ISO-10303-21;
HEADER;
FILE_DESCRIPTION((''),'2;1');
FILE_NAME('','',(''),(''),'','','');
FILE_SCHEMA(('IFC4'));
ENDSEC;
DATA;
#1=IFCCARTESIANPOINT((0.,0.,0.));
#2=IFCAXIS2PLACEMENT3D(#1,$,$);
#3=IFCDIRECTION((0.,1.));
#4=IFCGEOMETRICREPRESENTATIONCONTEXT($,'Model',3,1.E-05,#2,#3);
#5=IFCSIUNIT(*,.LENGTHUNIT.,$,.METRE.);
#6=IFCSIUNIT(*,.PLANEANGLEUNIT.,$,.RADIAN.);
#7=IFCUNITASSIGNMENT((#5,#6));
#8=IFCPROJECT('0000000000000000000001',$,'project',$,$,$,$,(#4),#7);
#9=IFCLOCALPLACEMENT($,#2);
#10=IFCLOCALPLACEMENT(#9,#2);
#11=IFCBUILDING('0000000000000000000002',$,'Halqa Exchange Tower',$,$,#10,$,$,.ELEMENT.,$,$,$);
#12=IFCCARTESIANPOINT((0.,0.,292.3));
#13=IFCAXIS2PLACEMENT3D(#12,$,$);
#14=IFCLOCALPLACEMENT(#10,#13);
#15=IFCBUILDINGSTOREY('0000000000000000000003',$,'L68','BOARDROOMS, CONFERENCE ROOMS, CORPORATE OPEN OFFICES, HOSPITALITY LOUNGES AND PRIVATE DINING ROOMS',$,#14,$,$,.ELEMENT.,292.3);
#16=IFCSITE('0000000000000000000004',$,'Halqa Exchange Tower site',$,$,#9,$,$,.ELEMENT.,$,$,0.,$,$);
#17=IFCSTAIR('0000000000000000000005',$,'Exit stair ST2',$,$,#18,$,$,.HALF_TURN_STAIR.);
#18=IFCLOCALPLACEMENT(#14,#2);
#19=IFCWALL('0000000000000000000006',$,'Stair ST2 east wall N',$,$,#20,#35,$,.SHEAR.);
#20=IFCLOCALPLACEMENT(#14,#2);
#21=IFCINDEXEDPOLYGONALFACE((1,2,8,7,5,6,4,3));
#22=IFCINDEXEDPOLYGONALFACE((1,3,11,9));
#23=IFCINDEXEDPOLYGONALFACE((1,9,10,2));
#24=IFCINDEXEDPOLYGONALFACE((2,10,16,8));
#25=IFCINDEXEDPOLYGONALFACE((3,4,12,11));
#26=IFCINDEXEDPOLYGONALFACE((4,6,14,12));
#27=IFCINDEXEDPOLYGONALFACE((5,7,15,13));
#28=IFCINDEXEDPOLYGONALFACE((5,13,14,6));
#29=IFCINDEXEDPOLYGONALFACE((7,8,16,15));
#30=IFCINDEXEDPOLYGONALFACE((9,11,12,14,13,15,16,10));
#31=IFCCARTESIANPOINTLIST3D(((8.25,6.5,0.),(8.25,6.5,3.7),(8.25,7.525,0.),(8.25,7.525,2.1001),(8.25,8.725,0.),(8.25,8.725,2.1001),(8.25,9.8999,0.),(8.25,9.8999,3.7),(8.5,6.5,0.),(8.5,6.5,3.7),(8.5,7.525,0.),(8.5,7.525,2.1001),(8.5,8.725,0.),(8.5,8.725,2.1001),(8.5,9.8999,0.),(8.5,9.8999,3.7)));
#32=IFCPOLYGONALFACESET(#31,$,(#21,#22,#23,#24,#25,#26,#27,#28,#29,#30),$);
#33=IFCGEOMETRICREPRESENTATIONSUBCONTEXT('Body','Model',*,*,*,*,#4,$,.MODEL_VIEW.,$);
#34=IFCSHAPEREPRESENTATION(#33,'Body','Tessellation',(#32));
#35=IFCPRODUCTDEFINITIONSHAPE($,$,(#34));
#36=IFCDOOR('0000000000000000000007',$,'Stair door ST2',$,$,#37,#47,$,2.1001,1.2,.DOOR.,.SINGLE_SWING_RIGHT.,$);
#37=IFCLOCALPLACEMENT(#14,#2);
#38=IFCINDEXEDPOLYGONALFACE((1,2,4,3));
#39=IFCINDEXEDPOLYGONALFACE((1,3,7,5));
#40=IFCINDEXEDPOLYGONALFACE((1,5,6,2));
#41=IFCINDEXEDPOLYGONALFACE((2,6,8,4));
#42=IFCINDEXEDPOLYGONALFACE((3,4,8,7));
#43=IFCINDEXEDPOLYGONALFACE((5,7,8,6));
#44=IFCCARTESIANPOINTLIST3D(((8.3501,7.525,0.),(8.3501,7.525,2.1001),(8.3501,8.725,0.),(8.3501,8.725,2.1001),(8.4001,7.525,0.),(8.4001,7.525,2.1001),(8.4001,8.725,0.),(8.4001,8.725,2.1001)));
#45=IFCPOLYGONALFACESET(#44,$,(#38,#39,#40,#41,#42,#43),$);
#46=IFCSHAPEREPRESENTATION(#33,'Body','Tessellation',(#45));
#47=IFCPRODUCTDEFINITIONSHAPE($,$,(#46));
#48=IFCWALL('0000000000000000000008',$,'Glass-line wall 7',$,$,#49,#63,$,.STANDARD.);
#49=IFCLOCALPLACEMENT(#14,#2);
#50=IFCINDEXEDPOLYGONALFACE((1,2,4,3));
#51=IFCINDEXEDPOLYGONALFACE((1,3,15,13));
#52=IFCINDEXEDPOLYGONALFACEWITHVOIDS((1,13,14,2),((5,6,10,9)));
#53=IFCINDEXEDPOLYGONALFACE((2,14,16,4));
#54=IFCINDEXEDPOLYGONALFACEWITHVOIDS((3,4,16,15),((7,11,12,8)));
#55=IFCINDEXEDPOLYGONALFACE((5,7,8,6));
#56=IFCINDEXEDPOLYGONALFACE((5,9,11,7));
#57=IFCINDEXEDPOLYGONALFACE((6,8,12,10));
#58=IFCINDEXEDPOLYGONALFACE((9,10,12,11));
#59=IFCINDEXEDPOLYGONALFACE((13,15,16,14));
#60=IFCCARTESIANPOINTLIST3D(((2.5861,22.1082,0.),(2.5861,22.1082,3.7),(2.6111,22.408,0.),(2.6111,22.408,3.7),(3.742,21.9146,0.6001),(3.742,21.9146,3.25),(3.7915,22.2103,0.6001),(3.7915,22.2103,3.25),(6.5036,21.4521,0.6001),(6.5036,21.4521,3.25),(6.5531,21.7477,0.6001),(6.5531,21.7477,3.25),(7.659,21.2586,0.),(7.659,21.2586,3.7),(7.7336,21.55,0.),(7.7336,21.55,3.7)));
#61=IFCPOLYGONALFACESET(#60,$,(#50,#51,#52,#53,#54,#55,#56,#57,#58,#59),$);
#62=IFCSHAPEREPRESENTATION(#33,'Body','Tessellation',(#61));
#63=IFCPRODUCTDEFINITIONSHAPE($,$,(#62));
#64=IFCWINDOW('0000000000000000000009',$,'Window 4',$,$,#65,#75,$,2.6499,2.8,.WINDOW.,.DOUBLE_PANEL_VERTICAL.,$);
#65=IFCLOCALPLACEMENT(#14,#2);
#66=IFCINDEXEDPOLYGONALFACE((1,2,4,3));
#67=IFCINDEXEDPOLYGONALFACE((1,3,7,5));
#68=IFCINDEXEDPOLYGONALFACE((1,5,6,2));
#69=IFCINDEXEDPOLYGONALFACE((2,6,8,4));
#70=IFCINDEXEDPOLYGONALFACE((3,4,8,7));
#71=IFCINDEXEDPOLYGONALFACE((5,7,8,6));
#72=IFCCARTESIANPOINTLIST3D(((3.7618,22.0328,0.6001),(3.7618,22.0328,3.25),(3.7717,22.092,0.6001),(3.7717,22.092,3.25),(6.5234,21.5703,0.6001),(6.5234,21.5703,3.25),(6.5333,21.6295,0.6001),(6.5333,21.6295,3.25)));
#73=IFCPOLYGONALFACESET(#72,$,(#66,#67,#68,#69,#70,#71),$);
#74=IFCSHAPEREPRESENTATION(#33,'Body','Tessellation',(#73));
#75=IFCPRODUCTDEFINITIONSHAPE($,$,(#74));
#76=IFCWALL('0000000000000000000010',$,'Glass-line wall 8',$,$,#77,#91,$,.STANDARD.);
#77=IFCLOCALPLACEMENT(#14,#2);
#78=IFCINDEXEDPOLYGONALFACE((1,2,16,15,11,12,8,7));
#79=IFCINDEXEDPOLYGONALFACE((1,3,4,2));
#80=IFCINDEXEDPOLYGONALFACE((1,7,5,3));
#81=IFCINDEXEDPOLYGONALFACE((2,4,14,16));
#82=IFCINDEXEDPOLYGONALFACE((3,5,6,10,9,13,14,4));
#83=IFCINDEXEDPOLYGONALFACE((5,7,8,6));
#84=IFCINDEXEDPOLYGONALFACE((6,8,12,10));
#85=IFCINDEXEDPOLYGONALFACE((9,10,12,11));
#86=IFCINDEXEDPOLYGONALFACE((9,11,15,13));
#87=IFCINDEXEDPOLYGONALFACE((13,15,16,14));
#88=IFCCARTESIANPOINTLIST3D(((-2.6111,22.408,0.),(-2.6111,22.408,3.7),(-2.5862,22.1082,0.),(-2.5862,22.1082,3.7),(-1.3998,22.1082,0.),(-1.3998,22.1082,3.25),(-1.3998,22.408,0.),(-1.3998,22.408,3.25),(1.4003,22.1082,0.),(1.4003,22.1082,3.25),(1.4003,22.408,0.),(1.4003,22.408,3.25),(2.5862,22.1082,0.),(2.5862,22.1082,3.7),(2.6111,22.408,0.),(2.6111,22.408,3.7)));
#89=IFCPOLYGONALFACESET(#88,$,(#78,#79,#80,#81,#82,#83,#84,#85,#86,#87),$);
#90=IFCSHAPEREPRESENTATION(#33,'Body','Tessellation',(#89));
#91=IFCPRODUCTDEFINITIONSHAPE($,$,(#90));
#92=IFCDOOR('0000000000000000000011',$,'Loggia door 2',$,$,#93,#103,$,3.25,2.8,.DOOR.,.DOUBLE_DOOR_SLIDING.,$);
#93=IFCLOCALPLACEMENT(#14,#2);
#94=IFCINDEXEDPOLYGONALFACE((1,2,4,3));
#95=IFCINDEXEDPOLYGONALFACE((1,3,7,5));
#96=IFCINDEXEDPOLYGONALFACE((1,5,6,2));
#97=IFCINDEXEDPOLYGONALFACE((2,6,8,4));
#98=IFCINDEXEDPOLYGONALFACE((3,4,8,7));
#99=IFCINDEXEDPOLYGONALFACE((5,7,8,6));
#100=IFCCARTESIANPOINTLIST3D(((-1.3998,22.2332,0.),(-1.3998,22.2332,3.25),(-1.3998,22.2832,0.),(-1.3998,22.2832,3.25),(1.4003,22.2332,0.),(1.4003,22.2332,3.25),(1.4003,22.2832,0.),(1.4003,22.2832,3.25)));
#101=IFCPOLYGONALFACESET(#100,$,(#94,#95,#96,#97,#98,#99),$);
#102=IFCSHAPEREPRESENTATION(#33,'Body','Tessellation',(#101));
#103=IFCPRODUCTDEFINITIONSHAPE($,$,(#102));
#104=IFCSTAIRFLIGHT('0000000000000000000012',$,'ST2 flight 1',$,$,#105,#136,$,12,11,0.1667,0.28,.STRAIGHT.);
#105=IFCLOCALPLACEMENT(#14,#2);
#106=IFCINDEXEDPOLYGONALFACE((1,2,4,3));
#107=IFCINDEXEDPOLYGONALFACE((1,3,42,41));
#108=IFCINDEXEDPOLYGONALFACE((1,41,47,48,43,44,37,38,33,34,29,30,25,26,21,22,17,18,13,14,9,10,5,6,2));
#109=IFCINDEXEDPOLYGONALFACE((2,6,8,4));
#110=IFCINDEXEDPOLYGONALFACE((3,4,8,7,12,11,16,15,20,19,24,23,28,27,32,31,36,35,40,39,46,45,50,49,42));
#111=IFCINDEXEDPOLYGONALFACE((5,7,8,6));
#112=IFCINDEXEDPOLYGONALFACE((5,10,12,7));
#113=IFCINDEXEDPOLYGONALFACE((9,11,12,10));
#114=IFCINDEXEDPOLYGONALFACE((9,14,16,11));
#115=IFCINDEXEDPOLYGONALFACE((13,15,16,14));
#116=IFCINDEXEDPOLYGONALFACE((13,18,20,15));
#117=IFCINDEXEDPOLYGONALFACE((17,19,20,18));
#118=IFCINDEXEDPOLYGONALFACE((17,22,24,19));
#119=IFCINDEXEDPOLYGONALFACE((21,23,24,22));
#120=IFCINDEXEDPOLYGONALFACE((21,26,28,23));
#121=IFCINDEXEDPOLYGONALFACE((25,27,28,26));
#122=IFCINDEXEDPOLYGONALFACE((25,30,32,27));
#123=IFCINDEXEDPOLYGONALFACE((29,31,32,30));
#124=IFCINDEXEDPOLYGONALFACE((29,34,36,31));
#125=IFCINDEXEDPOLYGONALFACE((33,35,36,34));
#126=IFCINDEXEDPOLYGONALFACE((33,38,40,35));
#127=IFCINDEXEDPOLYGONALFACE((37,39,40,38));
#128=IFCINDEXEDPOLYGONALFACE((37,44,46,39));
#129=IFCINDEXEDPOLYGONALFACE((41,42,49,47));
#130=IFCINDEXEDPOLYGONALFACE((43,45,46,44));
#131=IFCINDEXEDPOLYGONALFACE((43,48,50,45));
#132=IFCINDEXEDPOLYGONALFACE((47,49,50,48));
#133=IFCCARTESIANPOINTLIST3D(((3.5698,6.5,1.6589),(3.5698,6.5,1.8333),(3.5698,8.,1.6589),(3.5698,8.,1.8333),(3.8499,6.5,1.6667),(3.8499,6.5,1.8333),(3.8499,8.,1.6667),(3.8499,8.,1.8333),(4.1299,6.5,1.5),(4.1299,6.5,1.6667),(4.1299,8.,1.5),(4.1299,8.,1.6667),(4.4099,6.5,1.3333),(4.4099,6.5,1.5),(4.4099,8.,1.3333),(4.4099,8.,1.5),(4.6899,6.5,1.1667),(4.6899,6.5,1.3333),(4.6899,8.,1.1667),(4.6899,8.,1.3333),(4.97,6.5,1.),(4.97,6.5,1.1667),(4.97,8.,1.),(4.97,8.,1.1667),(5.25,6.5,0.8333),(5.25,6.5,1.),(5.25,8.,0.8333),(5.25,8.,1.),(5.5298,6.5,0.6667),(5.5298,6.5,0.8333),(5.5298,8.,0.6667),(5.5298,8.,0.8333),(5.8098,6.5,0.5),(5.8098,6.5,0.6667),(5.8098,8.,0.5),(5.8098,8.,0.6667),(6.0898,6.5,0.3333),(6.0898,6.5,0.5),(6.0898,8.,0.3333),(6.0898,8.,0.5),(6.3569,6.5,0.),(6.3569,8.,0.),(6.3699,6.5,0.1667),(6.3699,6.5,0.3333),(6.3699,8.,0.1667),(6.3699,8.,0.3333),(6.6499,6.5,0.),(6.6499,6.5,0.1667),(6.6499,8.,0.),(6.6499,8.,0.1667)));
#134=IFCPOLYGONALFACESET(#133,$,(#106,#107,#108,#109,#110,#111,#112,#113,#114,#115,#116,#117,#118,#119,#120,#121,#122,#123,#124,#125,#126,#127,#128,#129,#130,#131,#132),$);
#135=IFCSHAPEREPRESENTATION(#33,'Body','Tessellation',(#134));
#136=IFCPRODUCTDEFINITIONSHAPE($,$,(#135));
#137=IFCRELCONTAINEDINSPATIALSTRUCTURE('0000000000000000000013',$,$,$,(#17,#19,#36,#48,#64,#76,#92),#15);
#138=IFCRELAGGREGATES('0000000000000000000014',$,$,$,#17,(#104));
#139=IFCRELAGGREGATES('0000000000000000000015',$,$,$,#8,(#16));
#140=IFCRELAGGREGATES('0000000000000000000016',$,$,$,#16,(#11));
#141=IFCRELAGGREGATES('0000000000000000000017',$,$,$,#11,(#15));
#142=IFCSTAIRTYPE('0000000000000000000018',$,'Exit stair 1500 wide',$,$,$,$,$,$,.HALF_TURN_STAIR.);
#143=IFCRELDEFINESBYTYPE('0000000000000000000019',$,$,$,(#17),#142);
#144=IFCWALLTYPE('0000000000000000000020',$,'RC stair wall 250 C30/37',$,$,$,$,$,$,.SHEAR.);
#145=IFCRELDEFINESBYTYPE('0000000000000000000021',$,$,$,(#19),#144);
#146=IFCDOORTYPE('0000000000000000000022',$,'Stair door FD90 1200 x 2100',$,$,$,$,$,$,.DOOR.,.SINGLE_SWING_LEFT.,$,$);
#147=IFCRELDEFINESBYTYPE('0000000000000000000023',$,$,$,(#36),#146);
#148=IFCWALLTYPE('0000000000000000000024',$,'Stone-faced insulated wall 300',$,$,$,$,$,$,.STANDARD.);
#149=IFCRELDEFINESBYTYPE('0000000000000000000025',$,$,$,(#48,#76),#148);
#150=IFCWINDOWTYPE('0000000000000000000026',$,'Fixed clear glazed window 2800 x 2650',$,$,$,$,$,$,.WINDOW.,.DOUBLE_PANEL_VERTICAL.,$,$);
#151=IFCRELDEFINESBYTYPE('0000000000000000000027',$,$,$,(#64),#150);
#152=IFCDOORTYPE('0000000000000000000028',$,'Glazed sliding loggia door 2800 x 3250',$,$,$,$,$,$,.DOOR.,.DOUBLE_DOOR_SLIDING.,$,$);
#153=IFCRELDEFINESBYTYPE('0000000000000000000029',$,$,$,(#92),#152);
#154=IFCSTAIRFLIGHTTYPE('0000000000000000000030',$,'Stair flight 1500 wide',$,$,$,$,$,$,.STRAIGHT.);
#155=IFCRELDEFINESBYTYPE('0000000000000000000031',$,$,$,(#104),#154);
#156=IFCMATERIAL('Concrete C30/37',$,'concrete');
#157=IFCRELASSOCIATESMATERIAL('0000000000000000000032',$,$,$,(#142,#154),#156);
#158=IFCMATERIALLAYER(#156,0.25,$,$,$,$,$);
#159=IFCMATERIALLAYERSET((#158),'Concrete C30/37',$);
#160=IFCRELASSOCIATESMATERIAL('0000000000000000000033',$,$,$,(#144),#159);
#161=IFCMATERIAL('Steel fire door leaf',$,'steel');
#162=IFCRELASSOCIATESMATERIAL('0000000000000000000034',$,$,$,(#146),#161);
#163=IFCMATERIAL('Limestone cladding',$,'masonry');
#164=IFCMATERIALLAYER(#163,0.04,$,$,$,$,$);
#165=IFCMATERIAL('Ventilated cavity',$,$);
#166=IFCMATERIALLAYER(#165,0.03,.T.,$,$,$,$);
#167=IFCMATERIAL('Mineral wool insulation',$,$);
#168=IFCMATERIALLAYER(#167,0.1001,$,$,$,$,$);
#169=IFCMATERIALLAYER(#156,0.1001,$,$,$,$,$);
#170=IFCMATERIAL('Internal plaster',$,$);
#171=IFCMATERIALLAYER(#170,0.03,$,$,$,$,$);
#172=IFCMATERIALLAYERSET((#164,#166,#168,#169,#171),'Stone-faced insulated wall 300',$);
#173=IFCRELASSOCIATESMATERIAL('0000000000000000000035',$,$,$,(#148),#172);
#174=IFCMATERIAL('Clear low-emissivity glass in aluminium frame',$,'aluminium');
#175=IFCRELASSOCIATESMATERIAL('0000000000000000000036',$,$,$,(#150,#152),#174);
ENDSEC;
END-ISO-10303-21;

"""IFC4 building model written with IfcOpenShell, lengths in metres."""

from ifc_helpers import new_model, si_unit, direction, frame, frame_2d, origin, place, context, subcontext, project, spatial, polyline, rectangle, outline, extrude, material, layer, layer_set, type_object, element, fill, aggregate, save


model = new_model("IFC4")

# Units and contexts
model_context = context("Model", 3, precision=1e-05, world=origin(), true_north=direction((0.0, 1.0)))
body_context = subcontext(model_context, "Body", "Model", "MODEL_VIEW")
ifc_project = project(units=[si_unit("LENGTHUNIT", "METRE"), si_unit("PLANEANGLEUNIT", "RADIAN")], contexts=[model_context])

# Site, building, storey
site_placement = place(None, origin())
site = spatial("IfcSite", under=ifc_project, at=site_placement, Name="Halqa Exchange Tower site", CompositionType="ELEMENT", RefElevation=0.0)
building_placement = place(site_placement, origin())
building = spatial("IfcBuilding", under=site, at=building_placement, Name="Halqa Exchange Tower", CompositionType="ELEMENT")
storey_placement = place(building_placement, frame((0.0, 0.0, 292.3)))
storey = spatial("IfcBuildingStorey", under=building, at=storey_placement, Name="L68", Description="BOARDROOMS, CONFERENCE ROOMS, CORPORATE OPEN OFFICES, HOSPITALITY LOUNGES AND PRIVATE DINING ROOMS", CompositionType="ELEMENT", Elevation=292.3)

# Stair
ifc_material_1 = material(Name="Concrete C30/37", Category="concrete")
stair_type = type_object("IfcStairType", Name="Exit stair 1500 wide", PredefinedType="HALF_TURN_STAIR", material=ifc_material_1)
stair_1_placement = place(storey_placement, origin())
stair_1 = element("IfcStair", 1, at=stair_1_placement, inside=storey, type_object=stair_type, Name="Exit stair ST2", PredefinedType="HALF_TURN_STAIR")

# Shared definitions
ifc_layer_1 = layer(ifc_material_1, 0.25)
ifc_layer_set_1 = layer_set([ifc_layer_1], Name="Concrete C30/37")
wall_type_1 = type_object("IfcWallType", Name="RC stair wall 250 C30/37", PredefinedType="SHEAR", material=ifc_layer_set_1)

# Wall, opening, door
wall_1_placement = place(storey_placement, frame((8.375, 6.5, 0.0), z_axis=(0.0, 0.0, 1.0), x_axis=(0.0, 1.0, 0.0)))
wall_1 = element("IfcWall", 2, at=wall_1_placement, inside=storey, type_object=wall_type_1, Name="Stair ST2 east wall N", PredefinedType="SHEAR", context=body_context, shape_type="SweptSolid", body=[
    extrude(rectangle(XDim=3.3999, YDim=0.25, at=frame_2d((1.7, 0.0))), origin(), (0.0, 0.0, 1.0), 3.7),
])
opening_1_placement = place(wall_1_placement, frame((1.0249, 0.0, 0.0)))
opening_1 = element("IfcOpeningElement", 3, at=opening_1_placement, cuts=wall_1, PredefinedType="OPENING", context=body_context, shape_type="SweptSolid", body=[
    extrude(rectangle(XDim=1.2, YDim=2.1001, at=frame_2d((0.6001, 1.05))), frame((0.0, 0.137, 0.0), z_axis=(0.0, -1.0, 0.0), x_axis=(1.0, 0.0, 0.0)), (0.0, 0.0, 1.0), 0.2739),
])
ifc_material_2 = material(Name="Steel fire door leaf", Category="steel")
door_type_1 = type_object("IfcDoorType", Name="Stair door FD90 1200 x 2100", OperationType="SINGLE_SWING_LEFT", PredefinedType="DOOR", material=ifc_material_2)
door_1_placement = place(opening_1_placement, origin())
door_1 = element("IfcDoor", 4, at=door_1_placement, inside=storey, type_object=door_type_1, Name="Stair door ST2", OperationType="SINGLE_SWING_RIGHT", OverallHeight=2.1001, OverallWidth=1.2, PredefinedType="DOOR", context=body_context, shape_type="SweptSolid", body=[
    extrude(rectangle(XDim=1.2, YDim=2.1001, at=frame_2d((0.6001, 1.05))), frame((0.0, 0.0249, 0.0), z_axis=(0.0, -1.0, 0.0), x_axis=(1.0, 0.0, 0.0)), (0.0, 0.0, 1.0), 0.05),
])
fill(opening_1, door_1)

# Wall, opening, window
ifc_material_3 = material(Name="Limestone cladding", Category="masonry")
ifc_layer_2 = layer(ifc_material_3, 0.04)
ifc_material_4 = material(Name="Ventilated cavity")
ifc_layer_3 = layer(ifc_material_4, 0.03, ventilated=True)
ifc_material_5 = material(Name="Mineral wool insulation")
ifc_layer_4 = layer(ifc_material_5, 0.1001)
ifc_layer_5 = layer(ifc_material_1, 0.1001)
ifc_material_6 = material(Name="Internal plaster")
ifc_layer_6 = layer(ifc_material_6, 0.03)
ifc_layer_set_2 = layer_set([ifc_layer_2, ifc_layer_3, ifc_layer_4, ifc_layer_5, ifc_layer_6], Name="Stone-faced insulated wall 300")
wall_type_2 = type_object("IfcWallType", Name="Stone-faced insulated wall 300", PredefinedType="STANDARD", material=ifc_layer_set_2)
wall_2_placement = place(storey_placement, frame((7.6963, 21.4043, 0.0), z_axis=(0.0, 0.0, 1.0), x_axis=(-0.986263, 0.16518, 0.0)))
wall_2 = element("IfcWall", 5, at=wall_2_placement, inside=storey, type_object=wall_type_2, Name="Glass-line wall 7", PredefinedType="STANDARD", context=body_context, shape_type="SweptSolid", body=[
    extrude(outline(polyline([(-0.0127, -0.1499), (5.1812, -0.1499), (5.1562, 0.1499), (0.0127, 0.1499), (-0.0127, -0.1499)])), origin(), (0.0, 0.0, 1.0), 3.7),
])
opening_2_placement = place(wall_2_placement, frame((1.1843, 0.0, 0.6001)))
opening_2 = element("IfcOpeningElement", 6, at=opening_2_placement, cuts=wall_2, PredefinedType="OPENING", context=body_context, shape_type="SweptSolid", body=[
    extrude(rectangle(XDim=2.8, YDim=2.6499, at=frame_2d((1.3999, 1.325))), frame((0.0, 0.1621, 0.0), z_axis=(0.0, -1.0, 0.0), x_axis=(1.0, 0.0, 0.0)), (0.0, 0.0, 1.0), 0.324),
])
ifc_material_7 = material(Name="Clear low-emissivity glass in aluminium frame", Category="aluminium")
window_type = type_object("IfcWindowType", Name="Fixed clear glazed window 2800 x 2650", PartitioningType="DOUBLE_PANEL_VERTICAL", PredefinedType="WINDOW", material=ifc_material_7)
window_placement = place(opening_2_placement, origin())
window = element("IfcWindow", 7, at=window_placement, inside=storey, type_object=window_type, Name="Window 4", OverallHeight=2.6499, OverallWidth=2.8, PartitioningType="DOUBLE_PANEL_VERTICAL", PredefinedType="WINDOW", context=body_context, shape_type="SweptSolid", body=[
    extrude(rectangle(XDim=2.8, YDim=2.6499, at=frame_2d((1.3999, 1.325))), frame((0.0, 0.03, 0.0), z_axis=(0.0, -1.0, 0.0), x_axis=(1.0, 0.0, 0.0)), (0.0, 0.0, 1.0), 0.0601),
])
fill(opening_2, window)

# Wall, opening, door
wall_3_placement = place(storey_placement, frame((2.5986, 22.2581, 0.0), z_axis=(0.0, 0.0, 1.0), x_axis=(-1.0, 0.0, 0.0)))
wall_3 = element("IfcWall", 8, at=wall_3_placement, inside=storey, type_object=wall_type_2, Name="Glass-line wall 8", PredefinedType="STANDARD", context=body_context, shape_type="SweptSolid", body=[
    extrude(outline(polyline([(-0.0125, -0.1499), (5.2097, -0.1499), (5.1848, 0.1499), (0.0125, 0.1499), (-0.0125, -0.1499)])), origin(), (0.0, 0.0, 1.0), 3.7),
])
opening_3_placement = place(wall_3_placement, frame((1.1985, 0.0, 0.0)))
opening_3 = element("IfcOpeningElement", 9, at=opening_3_placement, cuts=wall_3, PredefinedType="OPENING", context=body_context, shape_type="SweptSolid", body=[
    extrude(rectangle(XDim=2.8, YDim=3.25, at=frame_2d((1.3999, 1.625))), frame((0.0, 0.1621, 0.0), z_axis=(0.0, -1.0, 0.0), x_axis=(1.0, 0.0, 0.0)), (0.0, 0.0, 1.0), 0.324),
])
door_type_2 = type_object("IfcDoorType", Name="Glazed sliding loggia door 2800 x 3250", OperationType="DOUBLE_DOOR_SLIDING", PredefinedType="DOOR", material=ifc_material_7)
door_2_placement = place(opening_3_placement, origin())
door_2 = element("IfcDoor", 10, at=door_2_placement, inside=storey, type_object=door_type_2, Name="Loggia door 2", OperationType="DOUBLE_DOOR_SLIDING", OverallHeight=3.25, OverallWidth=2.8, PredefinedType="DOOR", context=body_context, shape_type="SweptSolid", body=[
    extrude(rectangle(XDim=2.8, YDim=3.25, at=frame_2d((1.3999, 1.625))), frame((0.0, 0.0249, 0.0), z_axis=(0.0, -1.0, 0.0), x_axis=(1.0, 0.0, 0.0)), (0.0, 0.0, 1.0), 0.05),
])
fill(opening_3, door_2)

# Stair flight
stair_flight_type = type_object("IfcStairFlightType", Name="Stair flight 1500 wide", PredefinedType="STRAIGHT", material=ifc_material_1)
stair_flight_1_placement = place(storey_placement, frame((6.6499, 7.25, 0.0), z_axis=(0.0, 0.0, 1.0), x_axis=(-1.0, 0.0, 0.0)))
stair_flight_1 = element("IfcStairFlight", 11, at=stair_flight_1_placement, type_object=stair_flight_type, Name="ST2 flight 1", NumberOfRisers=12, NumberOfTreads=11, PredefinedType="STRAIGHT", RiserHeight=0.1667, TreadLength=0.28, context=body_context, shape_type="SweptSolid", body=[
    extrude(outline(polyline([(0.0, 0.0), (0.0, 0.1667), (0.28, 0.1667), (0.28, 0.3333), (0.5601, 0.3333), (0.5601, 0.5), (0.8401, 0.5), (0.8401, 0.6667), (1.1201, 0.6667), (1.1201, 0.8333), (1.3999, 0.8333), (1.3999, 1.0), (1.6799, 1.0), (1.6799, 1.1667), (1.96, 1.1667), (1.96, 1.3333), (2.24, 1.3333), (2.24, 1.5), (2.52, 1.5), (2.52, 1.6667), (2.8, 1.6667), (2.8, 1.8333), (3.0801, 1.8333), (3.0801, 2.0), (3.0801, 1.6589), (0.293, 0.0), (0.0, 0.0)])), frame((0.0, 0.75, 0.0), z_axis=(0.0, -1.0, 0.0), x_axis=(1.0, 0.0, 0.0)), (0.0, 0.0, 1.0), 1.5),
])
aggregate(stair_1, [stair_flight_1])

save(model, "model.ifc")
